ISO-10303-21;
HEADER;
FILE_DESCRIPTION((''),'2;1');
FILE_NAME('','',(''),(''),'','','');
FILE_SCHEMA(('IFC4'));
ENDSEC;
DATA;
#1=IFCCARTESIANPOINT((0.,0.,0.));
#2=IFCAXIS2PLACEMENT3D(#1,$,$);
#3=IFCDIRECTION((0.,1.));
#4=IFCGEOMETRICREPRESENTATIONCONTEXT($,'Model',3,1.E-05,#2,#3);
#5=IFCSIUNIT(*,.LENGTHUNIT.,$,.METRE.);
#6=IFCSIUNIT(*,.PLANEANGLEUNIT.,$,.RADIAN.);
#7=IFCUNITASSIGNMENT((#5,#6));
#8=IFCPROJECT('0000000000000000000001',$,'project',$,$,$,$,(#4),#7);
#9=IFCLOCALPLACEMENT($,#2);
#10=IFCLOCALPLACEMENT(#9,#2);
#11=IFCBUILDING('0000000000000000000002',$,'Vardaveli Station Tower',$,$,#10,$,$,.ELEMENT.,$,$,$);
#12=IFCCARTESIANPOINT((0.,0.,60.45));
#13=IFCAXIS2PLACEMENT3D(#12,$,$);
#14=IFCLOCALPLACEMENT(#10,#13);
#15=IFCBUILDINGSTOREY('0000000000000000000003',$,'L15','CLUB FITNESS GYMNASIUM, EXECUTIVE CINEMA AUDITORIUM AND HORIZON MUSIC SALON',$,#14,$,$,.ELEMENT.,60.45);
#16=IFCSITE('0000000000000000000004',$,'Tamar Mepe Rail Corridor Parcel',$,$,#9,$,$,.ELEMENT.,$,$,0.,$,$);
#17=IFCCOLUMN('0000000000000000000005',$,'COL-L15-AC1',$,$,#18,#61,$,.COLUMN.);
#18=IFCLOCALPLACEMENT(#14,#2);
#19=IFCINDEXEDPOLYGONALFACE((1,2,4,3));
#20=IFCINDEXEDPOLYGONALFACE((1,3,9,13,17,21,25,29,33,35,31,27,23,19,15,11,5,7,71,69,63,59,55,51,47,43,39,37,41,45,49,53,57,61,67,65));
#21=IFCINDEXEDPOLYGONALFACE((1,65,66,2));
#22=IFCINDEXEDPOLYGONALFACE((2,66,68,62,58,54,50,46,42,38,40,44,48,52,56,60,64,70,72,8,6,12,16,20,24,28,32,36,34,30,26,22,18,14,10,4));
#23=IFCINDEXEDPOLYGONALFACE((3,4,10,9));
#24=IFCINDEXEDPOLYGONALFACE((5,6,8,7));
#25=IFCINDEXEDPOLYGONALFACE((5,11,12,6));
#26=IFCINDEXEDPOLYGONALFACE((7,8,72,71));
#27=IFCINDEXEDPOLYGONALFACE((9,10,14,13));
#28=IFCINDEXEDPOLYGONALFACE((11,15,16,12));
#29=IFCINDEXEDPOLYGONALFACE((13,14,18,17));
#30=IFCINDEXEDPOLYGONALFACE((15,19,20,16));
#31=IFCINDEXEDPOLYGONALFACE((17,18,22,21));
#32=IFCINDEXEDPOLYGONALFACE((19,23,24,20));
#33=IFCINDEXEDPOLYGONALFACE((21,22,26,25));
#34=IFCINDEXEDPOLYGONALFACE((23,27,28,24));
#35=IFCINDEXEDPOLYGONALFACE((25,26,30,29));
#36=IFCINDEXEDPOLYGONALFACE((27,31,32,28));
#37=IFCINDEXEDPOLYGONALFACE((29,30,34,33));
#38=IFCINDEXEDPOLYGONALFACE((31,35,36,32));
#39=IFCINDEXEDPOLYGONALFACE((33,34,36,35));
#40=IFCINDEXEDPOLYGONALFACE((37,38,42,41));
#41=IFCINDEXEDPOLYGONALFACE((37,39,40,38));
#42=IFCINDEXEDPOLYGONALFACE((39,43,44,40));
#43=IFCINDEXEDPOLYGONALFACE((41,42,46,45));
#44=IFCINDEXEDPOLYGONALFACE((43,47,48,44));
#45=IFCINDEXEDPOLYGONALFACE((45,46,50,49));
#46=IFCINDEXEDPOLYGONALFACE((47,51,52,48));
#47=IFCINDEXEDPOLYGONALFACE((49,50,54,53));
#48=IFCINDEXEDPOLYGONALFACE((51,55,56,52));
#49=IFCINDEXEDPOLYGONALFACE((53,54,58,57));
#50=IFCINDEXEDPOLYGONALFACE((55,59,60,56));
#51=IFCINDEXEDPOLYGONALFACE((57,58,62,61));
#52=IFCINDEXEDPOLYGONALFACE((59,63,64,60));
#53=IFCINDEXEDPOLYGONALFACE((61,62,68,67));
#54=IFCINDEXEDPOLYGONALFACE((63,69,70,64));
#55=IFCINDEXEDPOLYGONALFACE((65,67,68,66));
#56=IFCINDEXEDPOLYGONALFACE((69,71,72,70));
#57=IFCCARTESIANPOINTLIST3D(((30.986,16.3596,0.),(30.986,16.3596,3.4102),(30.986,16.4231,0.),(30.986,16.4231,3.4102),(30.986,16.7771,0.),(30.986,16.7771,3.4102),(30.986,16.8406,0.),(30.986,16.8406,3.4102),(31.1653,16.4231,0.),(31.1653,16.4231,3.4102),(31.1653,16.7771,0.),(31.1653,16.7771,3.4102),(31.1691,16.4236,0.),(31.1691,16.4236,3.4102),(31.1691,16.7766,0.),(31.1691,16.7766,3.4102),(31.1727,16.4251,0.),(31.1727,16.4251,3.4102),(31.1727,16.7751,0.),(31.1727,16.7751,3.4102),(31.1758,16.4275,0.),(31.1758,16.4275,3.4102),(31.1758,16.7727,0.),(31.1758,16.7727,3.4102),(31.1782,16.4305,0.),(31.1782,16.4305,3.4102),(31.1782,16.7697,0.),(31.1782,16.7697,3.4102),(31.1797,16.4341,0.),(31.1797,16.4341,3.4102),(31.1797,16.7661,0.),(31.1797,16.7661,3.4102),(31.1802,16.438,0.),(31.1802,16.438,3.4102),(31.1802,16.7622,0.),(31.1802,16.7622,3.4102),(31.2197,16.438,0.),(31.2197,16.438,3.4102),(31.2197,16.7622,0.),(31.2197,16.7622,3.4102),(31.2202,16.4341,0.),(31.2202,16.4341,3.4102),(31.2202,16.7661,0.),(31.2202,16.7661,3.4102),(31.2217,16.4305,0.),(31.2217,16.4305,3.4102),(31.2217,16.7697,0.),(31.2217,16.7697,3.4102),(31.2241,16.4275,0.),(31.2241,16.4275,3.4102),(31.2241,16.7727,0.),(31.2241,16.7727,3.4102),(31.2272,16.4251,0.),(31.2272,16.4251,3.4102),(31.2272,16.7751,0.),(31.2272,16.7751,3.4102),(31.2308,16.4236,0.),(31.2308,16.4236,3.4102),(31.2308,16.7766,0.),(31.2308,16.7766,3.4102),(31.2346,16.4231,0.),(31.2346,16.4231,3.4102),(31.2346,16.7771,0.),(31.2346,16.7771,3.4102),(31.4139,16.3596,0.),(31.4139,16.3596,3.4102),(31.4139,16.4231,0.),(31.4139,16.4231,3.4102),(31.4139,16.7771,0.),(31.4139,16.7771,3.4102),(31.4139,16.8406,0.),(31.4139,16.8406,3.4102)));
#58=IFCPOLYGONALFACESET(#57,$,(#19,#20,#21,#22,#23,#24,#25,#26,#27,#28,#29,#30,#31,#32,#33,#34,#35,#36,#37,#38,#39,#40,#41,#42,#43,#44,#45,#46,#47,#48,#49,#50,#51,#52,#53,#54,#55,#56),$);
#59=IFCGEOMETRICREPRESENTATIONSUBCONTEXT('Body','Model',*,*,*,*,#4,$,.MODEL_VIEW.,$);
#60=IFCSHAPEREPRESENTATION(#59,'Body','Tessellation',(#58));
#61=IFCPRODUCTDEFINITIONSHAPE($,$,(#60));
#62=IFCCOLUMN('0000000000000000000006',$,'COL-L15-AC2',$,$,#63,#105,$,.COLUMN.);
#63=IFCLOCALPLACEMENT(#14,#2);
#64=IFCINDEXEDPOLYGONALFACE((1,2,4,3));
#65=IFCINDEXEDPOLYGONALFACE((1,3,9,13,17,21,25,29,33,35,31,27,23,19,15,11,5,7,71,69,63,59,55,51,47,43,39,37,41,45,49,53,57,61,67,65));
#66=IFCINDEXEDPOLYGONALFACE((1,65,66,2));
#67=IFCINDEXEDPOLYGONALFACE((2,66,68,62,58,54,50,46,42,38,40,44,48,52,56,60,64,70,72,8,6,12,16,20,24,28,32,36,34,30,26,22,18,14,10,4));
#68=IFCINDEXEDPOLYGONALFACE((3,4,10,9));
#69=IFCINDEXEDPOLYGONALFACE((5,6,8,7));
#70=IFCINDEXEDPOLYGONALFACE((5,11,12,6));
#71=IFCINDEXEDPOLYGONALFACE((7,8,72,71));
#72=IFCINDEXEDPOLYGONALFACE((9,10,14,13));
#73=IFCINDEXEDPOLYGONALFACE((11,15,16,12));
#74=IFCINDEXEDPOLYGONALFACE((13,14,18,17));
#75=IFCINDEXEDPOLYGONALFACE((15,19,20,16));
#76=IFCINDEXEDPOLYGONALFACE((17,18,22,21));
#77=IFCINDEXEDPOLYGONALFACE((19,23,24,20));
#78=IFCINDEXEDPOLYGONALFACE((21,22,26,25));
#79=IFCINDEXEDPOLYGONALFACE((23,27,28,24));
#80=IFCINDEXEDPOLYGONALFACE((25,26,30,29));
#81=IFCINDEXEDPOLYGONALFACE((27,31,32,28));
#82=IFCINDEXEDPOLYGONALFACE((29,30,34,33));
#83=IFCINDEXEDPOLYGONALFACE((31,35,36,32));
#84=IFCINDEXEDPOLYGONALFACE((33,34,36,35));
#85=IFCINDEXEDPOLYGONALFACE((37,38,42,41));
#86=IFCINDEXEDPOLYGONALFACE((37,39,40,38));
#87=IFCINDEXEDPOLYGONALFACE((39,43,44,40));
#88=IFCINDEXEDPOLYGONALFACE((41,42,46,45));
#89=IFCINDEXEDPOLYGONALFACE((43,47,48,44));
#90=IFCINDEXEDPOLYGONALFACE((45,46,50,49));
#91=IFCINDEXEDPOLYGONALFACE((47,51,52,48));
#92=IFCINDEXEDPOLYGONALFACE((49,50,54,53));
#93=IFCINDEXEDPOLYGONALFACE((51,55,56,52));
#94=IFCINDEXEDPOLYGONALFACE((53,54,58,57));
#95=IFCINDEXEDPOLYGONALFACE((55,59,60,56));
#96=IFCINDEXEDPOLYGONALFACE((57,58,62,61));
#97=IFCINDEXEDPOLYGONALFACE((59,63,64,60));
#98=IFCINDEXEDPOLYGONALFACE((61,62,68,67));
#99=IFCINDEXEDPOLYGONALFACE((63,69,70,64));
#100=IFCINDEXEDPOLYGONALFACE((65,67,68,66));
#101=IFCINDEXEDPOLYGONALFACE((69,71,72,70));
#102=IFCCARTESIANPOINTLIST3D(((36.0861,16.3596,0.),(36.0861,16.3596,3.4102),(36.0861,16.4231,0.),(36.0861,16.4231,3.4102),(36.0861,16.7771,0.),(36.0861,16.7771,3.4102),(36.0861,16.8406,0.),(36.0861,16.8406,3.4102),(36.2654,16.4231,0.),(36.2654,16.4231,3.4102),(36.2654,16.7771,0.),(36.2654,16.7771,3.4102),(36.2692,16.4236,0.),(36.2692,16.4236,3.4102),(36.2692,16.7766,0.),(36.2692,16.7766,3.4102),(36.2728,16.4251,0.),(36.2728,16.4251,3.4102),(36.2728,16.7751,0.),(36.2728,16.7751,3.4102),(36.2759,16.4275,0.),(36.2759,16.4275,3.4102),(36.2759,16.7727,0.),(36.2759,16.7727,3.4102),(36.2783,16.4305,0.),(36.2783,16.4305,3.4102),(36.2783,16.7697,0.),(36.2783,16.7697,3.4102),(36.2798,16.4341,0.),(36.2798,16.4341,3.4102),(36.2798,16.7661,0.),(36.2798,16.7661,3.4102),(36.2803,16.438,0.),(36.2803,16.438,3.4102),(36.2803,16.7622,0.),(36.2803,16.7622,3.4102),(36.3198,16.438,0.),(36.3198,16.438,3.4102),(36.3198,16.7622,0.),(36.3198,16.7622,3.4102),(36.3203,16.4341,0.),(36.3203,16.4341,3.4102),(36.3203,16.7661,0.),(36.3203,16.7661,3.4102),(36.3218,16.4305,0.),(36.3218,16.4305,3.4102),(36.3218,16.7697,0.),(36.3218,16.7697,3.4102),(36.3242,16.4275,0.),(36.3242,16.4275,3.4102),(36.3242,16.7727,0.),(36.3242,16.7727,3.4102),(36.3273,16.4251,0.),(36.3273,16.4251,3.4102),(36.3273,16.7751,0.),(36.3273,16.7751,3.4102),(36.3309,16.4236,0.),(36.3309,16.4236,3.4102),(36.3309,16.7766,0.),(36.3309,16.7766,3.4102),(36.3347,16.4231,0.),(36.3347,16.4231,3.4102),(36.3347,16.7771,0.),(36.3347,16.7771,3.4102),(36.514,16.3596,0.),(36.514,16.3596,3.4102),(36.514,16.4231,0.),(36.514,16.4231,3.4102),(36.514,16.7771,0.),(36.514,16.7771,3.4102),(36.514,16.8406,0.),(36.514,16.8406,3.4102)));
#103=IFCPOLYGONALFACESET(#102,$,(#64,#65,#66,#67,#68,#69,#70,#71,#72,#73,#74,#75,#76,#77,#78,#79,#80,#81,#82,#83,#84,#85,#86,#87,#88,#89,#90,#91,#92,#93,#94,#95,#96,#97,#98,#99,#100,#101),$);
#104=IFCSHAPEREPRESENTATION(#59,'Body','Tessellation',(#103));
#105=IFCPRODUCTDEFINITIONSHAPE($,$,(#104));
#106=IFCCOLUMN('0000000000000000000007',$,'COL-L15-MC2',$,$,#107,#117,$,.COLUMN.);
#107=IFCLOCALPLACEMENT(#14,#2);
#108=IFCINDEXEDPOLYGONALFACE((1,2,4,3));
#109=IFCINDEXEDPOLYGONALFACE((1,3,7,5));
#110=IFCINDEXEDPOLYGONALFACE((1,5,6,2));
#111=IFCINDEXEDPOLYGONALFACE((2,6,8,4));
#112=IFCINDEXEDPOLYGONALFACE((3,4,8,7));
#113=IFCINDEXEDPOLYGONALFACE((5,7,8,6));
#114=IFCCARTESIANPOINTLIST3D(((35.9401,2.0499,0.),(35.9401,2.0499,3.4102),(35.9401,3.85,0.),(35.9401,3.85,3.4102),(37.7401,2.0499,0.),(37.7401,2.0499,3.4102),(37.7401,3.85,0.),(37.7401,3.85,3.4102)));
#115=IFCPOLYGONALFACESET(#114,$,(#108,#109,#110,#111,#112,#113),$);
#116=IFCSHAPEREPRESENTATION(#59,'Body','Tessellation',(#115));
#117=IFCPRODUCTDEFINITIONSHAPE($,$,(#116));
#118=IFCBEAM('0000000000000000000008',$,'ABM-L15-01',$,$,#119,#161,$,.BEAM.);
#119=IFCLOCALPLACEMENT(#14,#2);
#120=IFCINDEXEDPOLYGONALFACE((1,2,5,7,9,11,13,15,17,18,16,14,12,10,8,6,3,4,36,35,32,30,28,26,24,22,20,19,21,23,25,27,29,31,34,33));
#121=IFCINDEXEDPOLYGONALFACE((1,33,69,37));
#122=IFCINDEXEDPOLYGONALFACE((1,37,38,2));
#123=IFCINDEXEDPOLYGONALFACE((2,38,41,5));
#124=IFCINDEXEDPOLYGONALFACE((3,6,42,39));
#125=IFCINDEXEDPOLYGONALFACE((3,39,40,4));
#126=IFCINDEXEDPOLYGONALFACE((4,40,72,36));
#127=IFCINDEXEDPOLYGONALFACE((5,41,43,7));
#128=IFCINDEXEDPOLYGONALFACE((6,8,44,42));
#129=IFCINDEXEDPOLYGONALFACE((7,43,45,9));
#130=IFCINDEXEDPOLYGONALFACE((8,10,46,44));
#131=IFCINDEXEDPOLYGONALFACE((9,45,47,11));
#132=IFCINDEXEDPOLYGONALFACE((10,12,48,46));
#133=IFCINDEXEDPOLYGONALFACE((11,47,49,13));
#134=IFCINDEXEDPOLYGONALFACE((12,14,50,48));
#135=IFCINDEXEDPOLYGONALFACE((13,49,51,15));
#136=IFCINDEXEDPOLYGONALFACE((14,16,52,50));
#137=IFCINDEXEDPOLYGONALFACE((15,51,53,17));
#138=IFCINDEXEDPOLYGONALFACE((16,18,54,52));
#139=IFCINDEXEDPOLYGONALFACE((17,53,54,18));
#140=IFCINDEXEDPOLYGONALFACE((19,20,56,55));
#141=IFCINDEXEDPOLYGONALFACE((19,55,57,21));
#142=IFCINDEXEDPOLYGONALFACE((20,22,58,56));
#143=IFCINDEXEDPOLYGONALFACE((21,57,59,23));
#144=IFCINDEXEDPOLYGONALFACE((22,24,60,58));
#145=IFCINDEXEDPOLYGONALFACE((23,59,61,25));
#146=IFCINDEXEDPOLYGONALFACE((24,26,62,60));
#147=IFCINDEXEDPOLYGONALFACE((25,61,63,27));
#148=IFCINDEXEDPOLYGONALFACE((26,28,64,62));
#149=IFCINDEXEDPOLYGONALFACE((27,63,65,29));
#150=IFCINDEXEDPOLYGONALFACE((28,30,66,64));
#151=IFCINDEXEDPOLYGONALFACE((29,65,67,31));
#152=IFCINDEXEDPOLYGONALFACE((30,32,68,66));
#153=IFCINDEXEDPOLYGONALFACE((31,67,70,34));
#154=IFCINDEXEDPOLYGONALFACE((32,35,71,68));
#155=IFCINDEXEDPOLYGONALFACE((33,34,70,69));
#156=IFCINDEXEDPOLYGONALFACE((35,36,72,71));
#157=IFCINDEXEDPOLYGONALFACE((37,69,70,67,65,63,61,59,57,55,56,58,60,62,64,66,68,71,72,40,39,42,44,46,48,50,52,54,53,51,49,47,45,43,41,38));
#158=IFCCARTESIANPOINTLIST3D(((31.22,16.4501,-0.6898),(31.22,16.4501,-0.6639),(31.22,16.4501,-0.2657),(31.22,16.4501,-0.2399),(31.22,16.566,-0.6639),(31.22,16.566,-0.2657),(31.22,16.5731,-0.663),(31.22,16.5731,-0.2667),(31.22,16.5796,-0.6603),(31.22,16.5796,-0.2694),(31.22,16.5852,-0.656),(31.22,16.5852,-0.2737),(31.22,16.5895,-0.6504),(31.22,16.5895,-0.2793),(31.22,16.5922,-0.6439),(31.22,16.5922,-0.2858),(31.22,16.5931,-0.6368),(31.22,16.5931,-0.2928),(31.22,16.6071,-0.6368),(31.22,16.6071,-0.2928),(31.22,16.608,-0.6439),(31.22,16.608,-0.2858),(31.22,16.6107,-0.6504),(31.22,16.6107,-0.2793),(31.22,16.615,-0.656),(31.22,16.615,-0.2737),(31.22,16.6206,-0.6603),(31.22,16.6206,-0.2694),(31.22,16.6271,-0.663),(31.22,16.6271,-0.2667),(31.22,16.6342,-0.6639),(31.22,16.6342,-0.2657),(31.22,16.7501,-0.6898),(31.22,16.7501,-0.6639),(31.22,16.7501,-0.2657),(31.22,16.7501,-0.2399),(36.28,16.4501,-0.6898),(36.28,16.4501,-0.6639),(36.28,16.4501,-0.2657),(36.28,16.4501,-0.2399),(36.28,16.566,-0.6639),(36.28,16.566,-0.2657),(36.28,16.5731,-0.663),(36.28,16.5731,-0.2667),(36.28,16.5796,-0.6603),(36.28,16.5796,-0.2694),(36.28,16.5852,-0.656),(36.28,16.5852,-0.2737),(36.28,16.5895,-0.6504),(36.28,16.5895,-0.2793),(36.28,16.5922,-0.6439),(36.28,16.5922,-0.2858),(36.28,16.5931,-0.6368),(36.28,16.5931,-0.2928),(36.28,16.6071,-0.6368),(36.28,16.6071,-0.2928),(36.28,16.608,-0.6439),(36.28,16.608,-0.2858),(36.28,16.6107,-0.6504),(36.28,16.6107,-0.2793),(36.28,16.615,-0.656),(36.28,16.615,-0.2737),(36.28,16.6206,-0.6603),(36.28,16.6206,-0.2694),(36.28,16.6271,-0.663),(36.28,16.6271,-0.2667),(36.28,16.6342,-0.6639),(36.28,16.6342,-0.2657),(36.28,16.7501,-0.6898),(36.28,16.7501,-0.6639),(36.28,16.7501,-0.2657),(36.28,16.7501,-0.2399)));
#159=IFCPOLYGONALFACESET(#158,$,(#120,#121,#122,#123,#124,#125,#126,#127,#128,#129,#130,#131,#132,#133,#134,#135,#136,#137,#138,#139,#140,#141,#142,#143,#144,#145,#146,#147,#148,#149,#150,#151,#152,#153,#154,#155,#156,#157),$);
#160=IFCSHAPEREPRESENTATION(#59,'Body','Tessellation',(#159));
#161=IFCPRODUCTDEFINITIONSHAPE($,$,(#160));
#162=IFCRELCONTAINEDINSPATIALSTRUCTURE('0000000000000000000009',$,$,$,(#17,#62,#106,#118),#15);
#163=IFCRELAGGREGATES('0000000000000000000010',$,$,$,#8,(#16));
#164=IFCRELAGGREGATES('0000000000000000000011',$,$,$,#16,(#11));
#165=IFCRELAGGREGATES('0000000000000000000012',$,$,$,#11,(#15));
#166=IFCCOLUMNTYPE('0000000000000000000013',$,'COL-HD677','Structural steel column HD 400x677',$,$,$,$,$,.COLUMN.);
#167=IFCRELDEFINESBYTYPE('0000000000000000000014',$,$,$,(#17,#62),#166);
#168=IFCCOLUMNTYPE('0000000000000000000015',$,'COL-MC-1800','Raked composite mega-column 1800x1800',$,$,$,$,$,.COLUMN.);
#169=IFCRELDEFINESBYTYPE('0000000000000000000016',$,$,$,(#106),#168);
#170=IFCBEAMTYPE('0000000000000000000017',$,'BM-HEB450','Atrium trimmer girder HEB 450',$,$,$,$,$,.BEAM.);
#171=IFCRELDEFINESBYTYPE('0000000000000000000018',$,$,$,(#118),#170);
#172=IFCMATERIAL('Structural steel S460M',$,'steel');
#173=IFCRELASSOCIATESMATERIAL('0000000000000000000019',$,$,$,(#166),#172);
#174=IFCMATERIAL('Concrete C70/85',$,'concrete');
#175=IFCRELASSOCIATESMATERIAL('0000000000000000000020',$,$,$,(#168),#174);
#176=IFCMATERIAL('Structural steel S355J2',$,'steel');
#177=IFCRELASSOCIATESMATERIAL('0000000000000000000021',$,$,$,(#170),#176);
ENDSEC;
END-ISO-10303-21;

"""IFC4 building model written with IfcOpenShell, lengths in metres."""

from ifc_helpers import new_model, si_unit, direction, frame, origin, origin_2d, place, context, subcontext, project, spatial, rectangle, i_section, extrude, source, transform, mapped, material, material_profile, profile_set, type_object, element, save


model = new_model("IFC4")

# Units and contexts
model_context = context("Model", 3, precision=1e-05, world=origin(), true_north=direction((0.0, 1.0)))
body_context = subcontext(model_context, "Body", "Model", "MODEL_VIEW")
ifc_project = project(units=[si_unit("LENGTHUNIT", "METRE"), si_unit("PLANEANGLEUNIT", "RADIAN")], contexts=[model_context])

# Site, building, storey
site_placement = place(None, origin())
site = spatial("IfcSite", under=ifc_project, at=site_placement, Name="Tamar Mepe Rail Corridor Parcel", CompositionType="ELEMENT", RefElevation=0.0)
building_placement = place(site_placement, origin())
building = spatial("IfcBuilding", under=site, at=building_placement, Name="Vardaveli Station Tower", CompositionType="ELEMENT")
storey_placement = place(building_placement, frame((0.0, 0.0, 60.45)))
storey = spatial("IfcBuildingStorey", under=building, at=storey_placement, Name="L15", Description="CLUB FITNESS GYMNASIUM, EXECUTIVE CINEMA AUDITORIUM AND HORIZON MUSIC SALON", CompositionType="ELEMENT", Elevation=60.45)

# Columns
ifc_material_1 = material(Name="Structural steel S460M", Category="steel")
ifc_material_profile_1 = material_profile(ifc_material_1, i_section(OverallWidth=0.428, OverallDepth=0.481, WebThickness=0.0396, FlangeThickness=0.0635, FilletRadius=0.0149, at=origin_2d()), Name="HD 400x677")
ifc_profile_set_1 = profile_set([ifc_material_profile_1], Name="Structural steel S460M")
column_type_1 = type_object("IfcColumnType", Name="COL-HD677", Description="Structural steel column HD 400x677", PredefinedType="COLUMN", material=ifc_profile_set_1)
shared_shape_1 = source(origin(), body_context, "Body", "SweptSolid", [
    extrude(i_section(OverallWidth=0.428, OverallDepth=0.481, WebThickness=0.0396, FlangeThickness=0.0635, FilletRadius=0.0149, at=origin_2d()), origin(), (0.0, 0.0, 1.0), 3.4102),
])
for number, where, z_axis, x_axis, name in (
    (1, (31.2, 16.6001, 0.0), (0.0, 0.0, 1.0), (1.0, 0.0, 0.0), "COL-L15-AC1"),
    (2, (36.3, 16.6001, 0.0), (0.0, 0.0, 1.0), (1.0, 0.0, 0.0), "COL-L15-AC2"),
):
    element("IfcColumn", number, at=place(storey_placement, frame(where, z_axis=z_axis, x_axis=x_axis)), inside=storey, type_object=column_type_1, Name=name, PredefinedType="COLUMN", context=body_context, shape_type="MappedRepresentation", body=[
        mapped(shared_shape_1, transform((0.0, 0.0, 0.0), scale=1.0)),
    ])
ifc_material_2 = material(Name="Concrete C70/85", Category="concrete")
ifc_material_profile_2 = material_profile(ifc_material_2, rectangle(XDim=1.8, YDim=1.8, at=origin_2d()), Name="MC 1800x1800")
ifc_profile_set_2 = profile_set([ifc_material_profile_2], Name="Concrete C70/85")
column_type_2 = type_object("IfcColumnType", Name="COL-MC-1800", Description="Raked composite mega-column 1800x1800", PredefinedType="COLUMN", material=ifc_profile_set_2)
shared_shape_2 = source(origin(), body_context, "Body", "SweptSolid", [
    extrude(rectangle(XDim=1.8, YDim=1.8, at=origin_2d()), origin(), (0.0, 0.0, 1.0), 3.4102),
])
column_placement = place(storey_placement, frame((36.8401, 2.95, 0.0), z_axis=(0.0, 0.0, 1.0), x_axis=(1.0, 0.0, 0.0)))
element("IfcColumn", 3, at=column_placement, inside=storey, type_object=column_type_2, Name="COL-L15-MC2", PredefinedType="COLUMN", context=body_context, shape_type="MappedRepresentation", body=[
    mapped(shared_shape_2, transform((0.0, 0.0, 0.0), scale=1.0)),
])

# Beam
ifc_material_3 = material(Name="Structural steel S355J2", Category="steel")
ifc_material_profile_3 = material_profile(ifc_material_3, i_section(OverallWidth=0.3, OverallDepth=0.45, WebThickness=0.0139, FlangeThickness=0.0259, FilletRadius=0.0271, at=origin_2d()), Name="HEB 450")
ifc_profile_set_3 = profile_set([ifc_material_profile_3], Name="Structural steel S355J2")
beam_type_1 = type_object("IfcBeamType", Name="BM-HEB450", Description="Atrium trimmer girder HEB 450", PredefinedType="BEAM", material=ifc_profile_set_3)
shared_shape_3 = source(origin(), body_context, "Body", "SweptSolid", [
    extrude(i_section(OverallWidth=0.3, OverallDepth=0.45, WebThickness=0.0139, FlangeThickness=0.0259, FilletRadius=0.0271, at=origin_2d()), origin(), (0.0, 0.0, 1.0), 5.0601),
])
beam_1_placement = place(storey_placement, frame((31.22, 16.6001, -0.4648), z_axis=(1.0, 0.0, 0.0), x_axis=(0.0, 1.0, 0.0)))
element("IfcBeam", 4, at=beam_1_placement, inside=storey, type_object=beam_type_1, Name="ABM-L15-01", PredefinedType="BEAM", context=body_context, shape_type="MappedRepresentation", body=[
    mapped(shared_shape_3, transform((0.0, 0.0, 0.0), scale=1.0)),
])

save(model, "model.ifc")
